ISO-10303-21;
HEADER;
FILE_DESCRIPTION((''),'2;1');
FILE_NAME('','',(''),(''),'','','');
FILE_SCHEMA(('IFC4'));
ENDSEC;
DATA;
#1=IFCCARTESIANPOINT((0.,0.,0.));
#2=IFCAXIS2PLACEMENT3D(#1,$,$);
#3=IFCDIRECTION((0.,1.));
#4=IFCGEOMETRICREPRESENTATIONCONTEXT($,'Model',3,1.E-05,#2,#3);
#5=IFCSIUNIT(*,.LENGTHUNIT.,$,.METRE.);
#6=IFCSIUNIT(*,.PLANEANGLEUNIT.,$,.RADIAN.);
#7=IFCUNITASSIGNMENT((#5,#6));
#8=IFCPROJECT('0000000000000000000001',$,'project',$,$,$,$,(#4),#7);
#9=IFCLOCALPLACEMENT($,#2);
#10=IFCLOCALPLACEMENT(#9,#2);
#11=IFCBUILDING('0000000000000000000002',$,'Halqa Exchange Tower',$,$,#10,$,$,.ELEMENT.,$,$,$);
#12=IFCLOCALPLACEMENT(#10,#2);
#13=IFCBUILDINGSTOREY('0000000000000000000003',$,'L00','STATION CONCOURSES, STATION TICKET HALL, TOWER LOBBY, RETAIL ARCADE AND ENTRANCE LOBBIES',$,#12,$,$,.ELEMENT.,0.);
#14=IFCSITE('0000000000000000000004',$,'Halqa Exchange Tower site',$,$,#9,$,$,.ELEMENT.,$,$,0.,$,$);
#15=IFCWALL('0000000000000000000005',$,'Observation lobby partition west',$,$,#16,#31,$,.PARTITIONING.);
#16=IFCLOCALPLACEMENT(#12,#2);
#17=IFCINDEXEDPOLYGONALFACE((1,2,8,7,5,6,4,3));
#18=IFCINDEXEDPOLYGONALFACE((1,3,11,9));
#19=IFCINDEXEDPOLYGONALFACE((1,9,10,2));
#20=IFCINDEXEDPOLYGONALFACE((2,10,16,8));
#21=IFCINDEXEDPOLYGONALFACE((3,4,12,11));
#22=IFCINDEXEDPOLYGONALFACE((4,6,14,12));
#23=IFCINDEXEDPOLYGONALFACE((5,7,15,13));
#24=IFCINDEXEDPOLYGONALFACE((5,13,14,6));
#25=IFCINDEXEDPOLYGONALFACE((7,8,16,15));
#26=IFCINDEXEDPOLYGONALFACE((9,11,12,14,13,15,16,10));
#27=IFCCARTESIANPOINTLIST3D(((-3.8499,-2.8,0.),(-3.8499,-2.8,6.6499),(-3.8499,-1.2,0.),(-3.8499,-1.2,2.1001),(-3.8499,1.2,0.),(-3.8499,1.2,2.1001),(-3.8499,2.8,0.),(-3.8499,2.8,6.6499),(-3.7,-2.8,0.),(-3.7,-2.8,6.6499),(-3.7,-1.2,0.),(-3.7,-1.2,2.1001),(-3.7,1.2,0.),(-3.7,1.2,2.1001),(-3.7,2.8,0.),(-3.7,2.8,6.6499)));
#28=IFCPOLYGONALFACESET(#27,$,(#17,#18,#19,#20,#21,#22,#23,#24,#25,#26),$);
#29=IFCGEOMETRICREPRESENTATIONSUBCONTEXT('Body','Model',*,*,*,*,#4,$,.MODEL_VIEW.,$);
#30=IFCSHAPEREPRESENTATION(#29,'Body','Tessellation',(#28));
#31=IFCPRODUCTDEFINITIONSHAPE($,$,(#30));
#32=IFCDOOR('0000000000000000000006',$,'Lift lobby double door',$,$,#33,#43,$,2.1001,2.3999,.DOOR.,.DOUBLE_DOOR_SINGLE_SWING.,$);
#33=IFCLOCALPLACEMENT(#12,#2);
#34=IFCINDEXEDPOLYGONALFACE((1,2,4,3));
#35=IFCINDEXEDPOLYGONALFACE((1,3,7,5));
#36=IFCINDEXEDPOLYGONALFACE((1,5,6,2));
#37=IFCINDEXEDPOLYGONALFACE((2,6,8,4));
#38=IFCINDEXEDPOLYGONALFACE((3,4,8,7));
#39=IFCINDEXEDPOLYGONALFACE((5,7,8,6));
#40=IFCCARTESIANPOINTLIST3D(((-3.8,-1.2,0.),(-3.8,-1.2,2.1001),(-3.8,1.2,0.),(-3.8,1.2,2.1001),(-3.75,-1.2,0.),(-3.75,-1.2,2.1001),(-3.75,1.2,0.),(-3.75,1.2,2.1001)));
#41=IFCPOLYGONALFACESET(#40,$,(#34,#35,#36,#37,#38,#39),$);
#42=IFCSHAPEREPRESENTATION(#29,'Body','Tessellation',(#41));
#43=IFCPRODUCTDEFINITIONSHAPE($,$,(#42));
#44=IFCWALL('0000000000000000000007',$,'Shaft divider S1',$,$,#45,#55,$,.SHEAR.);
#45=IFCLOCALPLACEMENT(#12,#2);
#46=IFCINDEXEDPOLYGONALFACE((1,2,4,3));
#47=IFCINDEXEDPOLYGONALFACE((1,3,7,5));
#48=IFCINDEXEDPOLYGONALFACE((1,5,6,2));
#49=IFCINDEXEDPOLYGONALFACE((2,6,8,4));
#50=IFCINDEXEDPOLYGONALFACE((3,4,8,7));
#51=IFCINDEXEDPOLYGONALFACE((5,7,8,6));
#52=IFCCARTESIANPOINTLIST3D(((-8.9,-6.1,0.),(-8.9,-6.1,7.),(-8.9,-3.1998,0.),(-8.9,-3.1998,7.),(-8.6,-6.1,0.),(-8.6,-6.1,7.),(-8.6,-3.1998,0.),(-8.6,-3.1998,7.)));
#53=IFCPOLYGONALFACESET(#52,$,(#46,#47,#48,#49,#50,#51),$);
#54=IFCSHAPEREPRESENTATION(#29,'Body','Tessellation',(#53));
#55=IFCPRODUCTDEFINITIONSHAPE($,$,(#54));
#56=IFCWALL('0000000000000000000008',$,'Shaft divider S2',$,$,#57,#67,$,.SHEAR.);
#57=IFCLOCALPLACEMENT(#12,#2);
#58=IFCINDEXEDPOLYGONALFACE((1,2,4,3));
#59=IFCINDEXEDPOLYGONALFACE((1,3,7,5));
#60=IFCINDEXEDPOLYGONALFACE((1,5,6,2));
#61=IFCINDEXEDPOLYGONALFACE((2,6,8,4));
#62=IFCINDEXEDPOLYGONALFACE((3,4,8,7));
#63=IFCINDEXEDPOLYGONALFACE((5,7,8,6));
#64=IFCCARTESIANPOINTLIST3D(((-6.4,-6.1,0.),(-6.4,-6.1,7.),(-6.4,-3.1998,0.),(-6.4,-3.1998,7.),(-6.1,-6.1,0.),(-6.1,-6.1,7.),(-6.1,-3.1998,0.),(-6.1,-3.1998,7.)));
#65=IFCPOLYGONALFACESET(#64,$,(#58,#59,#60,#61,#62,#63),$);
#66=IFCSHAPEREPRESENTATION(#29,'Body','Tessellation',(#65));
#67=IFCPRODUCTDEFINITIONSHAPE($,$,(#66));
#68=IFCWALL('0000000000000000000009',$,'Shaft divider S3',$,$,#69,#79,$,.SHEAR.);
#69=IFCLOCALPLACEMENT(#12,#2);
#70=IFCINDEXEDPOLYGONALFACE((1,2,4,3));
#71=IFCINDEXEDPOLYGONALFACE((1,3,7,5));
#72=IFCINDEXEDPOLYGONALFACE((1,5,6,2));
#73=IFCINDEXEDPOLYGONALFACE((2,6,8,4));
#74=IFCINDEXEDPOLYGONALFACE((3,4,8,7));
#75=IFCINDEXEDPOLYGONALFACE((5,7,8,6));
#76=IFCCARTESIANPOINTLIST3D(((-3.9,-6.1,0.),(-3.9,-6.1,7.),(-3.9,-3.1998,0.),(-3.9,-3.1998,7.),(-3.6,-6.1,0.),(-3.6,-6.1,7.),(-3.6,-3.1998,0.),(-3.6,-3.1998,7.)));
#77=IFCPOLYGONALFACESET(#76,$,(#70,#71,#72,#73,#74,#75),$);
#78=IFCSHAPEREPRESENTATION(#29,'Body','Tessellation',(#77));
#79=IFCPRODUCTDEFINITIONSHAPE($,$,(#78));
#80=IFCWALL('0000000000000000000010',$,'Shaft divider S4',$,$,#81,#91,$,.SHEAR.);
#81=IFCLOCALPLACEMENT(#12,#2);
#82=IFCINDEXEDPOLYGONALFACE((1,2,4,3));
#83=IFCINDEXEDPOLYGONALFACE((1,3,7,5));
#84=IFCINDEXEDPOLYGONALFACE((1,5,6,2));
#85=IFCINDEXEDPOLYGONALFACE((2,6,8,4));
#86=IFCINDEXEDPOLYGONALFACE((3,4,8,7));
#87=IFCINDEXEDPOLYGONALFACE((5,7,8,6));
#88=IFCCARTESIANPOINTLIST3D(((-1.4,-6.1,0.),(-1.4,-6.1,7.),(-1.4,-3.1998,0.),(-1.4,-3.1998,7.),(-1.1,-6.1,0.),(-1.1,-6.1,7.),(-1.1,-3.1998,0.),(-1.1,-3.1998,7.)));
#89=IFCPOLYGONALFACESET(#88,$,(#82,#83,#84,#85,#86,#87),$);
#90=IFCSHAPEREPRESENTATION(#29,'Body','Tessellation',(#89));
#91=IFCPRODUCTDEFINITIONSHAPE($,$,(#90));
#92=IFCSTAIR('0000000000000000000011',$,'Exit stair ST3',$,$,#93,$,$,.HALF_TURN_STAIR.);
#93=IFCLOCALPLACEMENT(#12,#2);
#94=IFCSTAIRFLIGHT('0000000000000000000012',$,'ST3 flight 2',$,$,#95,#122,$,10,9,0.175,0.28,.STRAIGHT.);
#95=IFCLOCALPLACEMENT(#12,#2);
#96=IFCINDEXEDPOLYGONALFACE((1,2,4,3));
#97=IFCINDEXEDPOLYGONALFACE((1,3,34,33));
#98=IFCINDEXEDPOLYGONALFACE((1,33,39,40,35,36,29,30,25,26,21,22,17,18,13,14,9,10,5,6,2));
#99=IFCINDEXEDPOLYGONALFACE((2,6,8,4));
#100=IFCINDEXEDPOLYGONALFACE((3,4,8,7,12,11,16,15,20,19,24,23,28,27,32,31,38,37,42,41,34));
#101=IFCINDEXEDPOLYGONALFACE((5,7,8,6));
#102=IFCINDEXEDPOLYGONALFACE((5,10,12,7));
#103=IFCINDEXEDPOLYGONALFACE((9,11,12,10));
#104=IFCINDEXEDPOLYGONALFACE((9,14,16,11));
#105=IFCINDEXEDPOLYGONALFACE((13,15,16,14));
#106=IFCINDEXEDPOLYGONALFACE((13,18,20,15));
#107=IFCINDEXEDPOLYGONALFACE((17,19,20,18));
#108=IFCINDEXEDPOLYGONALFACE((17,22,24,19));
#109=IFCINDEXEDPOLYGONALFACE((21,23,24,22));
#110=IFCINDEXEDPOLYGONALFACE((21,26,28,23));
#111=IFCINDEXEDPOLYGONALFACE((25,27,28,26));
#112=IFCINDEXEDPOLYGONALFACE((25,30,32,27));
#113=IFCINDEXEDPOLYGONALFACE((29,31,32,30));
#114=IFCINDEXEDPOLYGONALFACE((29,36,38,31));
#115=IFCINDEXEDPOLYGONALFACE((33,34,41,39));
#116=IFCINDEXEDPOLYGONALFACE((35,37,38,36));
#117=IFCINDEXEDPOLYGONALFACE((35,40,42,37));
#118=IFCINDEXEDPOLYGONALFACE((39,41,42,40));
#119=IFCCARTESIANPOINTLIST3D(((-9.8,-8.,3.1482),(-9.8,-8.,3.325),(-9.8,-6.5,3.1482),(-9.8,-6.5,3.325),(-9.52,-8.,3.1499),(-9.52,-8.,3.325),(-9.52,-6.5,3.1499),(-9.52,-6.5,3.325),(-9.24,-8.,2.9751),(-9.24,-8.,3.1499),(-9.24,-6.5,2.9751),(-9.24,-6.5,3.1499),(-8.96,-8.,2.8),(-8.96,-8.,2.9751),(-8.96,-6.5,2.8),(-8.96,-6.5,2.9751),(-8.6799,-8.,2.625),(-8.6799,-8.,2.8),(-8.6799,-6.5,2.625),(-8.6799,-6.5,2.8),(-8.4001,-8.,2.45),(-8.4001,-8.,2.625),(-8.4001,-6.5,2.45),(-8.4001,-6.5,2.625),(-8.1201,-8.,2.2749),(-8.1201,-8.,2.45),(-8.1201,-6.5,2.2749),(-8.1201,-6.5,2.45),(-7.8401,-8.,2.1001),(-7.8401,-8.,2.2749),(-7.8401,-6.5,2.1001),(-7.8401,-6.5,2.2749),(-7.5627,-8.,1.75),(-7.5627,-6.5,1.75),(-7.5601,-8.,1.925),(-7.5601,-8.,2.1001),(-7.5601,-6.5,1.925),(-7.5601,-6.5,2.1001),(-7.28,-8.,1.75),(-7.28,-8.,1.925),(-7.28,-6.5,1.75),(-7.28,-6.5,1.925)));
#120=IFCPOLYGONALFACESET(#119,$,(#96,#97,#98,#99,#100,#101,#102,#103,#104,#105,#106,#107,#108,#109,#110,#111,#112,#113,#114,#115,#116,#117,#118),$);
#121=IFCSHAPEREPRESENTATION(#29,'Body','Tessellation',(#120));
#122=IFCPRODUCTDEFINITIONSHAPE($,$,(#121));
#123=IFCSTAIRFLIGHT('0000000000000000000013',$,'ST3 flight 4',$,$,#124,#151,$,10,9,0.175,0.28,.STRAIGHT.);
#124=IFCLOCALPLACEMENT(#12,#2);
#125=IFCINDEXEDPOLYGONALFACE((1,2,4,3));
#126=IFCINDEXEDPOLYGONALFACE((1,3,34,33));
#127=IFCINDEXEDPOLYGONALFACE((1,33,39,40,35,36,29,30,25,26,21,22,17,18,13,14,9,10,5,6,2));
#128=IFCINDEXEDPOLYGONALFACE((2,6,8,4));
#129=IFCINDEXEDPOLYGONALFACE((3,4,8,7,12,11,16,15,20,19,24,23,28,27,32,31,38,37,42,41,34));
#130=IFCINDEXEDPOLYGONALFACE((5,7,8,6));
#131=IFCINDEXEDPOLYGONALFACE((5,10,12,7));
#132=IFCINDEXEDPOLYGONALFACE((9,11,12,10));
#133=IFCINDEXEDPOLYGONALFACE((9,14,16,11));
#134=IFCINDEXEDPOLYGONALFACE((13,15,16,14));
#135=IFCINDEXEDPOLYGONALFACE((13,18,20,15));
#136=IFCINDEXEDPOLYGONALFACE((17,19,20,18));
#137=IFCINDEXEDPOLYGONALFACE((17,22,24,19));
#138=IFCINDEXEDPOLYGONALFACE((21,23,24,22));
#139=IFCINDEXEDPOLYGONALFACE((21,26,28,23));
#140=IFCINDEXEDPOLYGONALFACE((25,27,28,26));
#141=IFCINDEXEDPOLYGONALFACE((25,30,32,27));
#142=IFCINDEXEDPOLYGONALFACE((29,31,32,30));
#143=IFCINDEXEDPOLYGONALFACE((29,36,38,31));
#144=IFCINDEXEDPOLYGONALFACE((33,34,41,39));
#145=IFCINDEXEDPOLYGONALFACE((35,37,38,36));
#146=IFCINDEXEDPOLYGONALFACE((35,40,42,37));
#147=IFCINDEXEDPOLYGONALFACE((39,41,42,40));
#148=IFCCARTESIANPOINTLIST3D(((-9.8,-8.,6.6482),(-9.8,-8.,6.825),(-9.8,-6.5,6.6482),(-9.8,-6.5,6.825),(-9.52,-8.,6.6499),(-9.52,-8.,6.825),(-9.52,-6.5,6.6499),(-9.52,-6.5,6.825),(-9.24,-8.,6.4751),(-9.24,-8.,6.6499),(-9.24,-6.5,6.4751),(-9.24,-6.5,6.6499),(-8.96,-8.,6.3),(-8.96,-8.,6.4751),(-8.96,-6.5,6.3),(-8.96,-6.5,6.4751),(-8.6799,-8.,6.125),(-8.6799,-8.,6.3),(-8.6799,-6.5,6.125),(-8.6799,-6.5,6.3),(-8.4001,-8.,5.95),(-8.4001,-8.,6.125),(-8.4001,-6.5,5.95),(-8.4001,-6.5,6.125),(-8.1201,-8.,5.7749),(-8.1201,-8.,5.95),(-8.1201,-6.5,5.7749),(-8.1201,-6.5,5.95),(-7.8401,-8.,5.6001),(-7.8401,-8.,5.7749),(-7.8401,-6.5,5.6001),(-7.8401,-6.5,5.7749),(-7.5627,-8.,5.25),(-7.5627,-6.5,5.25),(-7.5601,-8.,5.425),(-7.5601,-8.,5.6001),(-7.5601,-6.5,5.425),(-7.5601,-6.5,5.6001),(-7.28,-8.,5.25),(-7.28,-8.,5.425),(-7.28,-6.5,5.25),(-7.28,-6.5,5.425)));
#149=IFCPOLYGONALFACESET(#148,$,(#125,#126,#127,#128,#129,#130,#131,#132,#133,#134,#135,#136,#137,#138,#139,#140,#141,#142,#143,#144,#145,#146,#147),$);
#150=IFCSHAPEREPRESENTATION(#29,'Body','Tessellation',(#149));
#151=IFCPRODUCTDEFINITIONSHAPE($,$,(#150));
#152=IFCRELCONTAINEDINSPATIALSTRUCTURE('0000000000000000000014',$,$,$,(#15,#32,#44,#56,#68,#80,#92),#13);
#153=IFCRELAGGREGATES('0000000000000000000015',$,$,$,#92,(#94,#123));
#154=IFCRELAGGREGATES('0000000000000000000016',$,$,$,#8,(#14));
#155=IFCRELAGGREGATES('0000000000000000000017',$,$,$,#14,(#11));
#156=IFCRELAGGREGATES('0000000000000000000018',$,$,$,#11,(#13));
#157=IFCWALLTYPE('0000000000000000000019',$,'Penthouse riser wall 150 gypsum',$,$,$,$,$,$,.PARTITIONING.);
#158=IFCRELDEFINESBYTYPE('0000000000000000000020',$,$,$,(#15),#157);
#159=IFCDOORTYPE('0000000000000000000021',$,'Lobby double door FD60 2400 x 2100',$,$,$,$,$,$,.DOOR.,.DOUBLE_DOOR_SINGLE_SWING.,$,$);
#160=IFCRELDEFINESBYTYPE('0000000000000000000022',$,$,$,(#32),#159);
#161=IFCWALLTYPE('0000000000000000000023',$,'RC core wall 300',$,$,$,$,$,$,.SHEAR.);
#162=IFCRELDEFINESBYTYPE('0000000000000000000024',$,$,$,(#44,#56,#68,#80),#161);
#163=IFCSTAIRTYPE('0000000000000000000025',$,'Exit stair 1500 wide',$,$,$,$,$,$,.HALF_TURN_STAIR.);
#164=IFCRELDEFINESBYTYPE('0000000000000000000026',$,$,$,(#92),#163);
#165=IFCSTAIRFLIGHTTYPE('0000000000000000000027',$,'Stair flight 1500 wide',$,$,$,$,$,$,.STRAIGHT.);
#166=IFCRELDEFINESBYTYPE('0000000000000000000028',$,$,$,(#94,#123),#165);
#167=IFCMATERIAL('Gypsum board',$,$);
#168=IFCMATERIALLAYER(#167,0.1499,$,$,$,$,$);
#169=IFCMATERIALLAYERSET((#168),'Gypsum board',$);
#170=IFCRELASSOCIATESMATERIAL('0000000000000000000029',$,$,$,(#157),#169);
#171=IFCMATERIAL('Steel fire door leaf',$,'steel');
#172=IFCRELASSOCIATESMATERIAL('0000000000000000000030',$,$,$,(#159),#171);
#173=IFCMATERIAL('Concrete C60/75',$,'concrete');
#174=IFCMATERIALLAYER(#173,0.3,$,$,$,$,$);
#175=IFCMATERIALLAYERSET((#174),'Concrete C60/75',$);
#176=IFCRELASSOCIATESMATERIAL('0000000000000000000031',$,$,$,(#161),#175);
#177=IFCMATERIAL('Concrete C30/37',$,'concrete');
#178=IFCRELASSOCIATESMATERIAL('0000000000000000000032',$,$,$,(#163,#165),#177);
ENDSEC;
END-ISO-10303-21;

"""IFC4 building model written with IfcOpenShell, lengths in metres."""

from ifc_helpers import new_model, si_unit, direction, frame, frame_2d, origin, place, context, subcontext, project, spatial, polyline, rectangle, outline, extrude, material, layer, layer_set, type_object, element, fill, aggregate, save


model = new_model("IFC4")

# Units and contexts
model_context = context("Model", 3, precision=1e-05, world=origin(), true_north=direction((0.0, 1.0)))
body_context = subcontext(model_context, "Body", "Model", "MODEL_VIEW")
ifc_project = project(units=[si_unit("LENGTHUNIT", "METRE"), si_unit("PLANEANGLEUNIT", "RADIAN")], contexts=[model_context])

# Site, building, storey
site_placement = place(None, origin())
site = spatial("IfcSite", under=ifc_project, at=site_placement, Name="Halqa Exchange Tower site", CompositionType="ELEMENT", RefElevation=0.0)
building_placement = place(site_placement, origin())
building = spatial("IfcBuilding", under=site, at=building_placement, Name="Halqa Exchange Tower", CompositionType="ELEMENT")
storey_placement = place(building_placement, origin())
storey = spatial("IfcBuildingStorey", under=building, at=storey_placement, Name="L00", Description="STATION CONCOURSES, STATION TICKET HALL, TOWER LOBBY, RETAIL ARCADE AND ENTRANCE LOBBIES", CompositionType="ELEMENT", Elevation=0.0)

# Wall, opening, door
ifc_material_1 = material(Name="Gypsum board")
ifc_layer_1 = layer(ifc_material_1, 0.1499)
ifc_layer_set_1 = layer_set([ifc_layer_1], Name="Gypsum board")
wall_type_1 = type_object("IfcWallType", Name="Penthouse riser wall 150 gypsum", PredefinedType="PARTITIONING", material=ifc_layer_set_1)
wall_placement = place(storey_placement, frame((-3.7749, -2.8, 0.0), z_axis=(0.0, 0.0, 1.0), x_axis=(0.0, 1.0, 0.0)))
wall = element("IfcWall", 1, at=wall_placement, inside=storey, type_object=wall_type_1, Name="Observation lobby partition west", PredefinedType="PARTITIONING", context=body_context, shape_type="SweptSolid", body=[
    extrude(rectangle(XDim=5.6001, YDim=0.1499, at=frame_2d((2.8, 0.0))), origin(), (0.0, 0.0, 1.0), 6.6499),
])
opening_placement = place(wall_placement, frame((1.6001, 0.0, 0.0)))
opening = element("IfcOpeningElement", 2, at=opening_placement, cuts=wall, PredefinedType="OPENING", context=body_context, shape_type="SweptSolid", body=[
    extrude(rectangle(XDim=2.3999, YDim=2.1001, at=frame_2d((1.2, 1.05))), frame((0.0, 0.0869, 0.0), z_axis=(0.0, -1.0, 0.0), x_axis=(1.0, 0.0, 0.0)), (0.0, 0.0, 1.0), 0.1738),
])
ifc_material_2 = material(Name="Steel fire door leaf", Category="steel")
door_type = type_object("IfcDoorType", Name="Lobby double door FD60 2400 x 2100", OperationType="DOUBLE_DOOR_SINGLE_SWING", PredefinedType="DOOR", material=ifc_material_2)
door_placement = place(opening_placement, frame((2.3999, 0.0, 0.0), z_axis=(0.0, 0.0, 1.0), x_axis=(-1.0, 0.0, 0.0)))
door = element("IfcDoor", 3, at=door_placement, inside=storey, type_object=door_type, Name="Lift lobby double door", OperationType="DOUBLE_DOOR_SINGLE_SWING", OverallHeight=2.1001, OverallWidth=2.3999, PredefinedType="DOOR", context=body_context, shape_type="SweptSolid", body=[
    extrude(rectangle(XDim=2.3999, YDim=2.1001, at=frame_2d((1.2, 1.05))), frame((0.0, 0.0249, 0.0), z_axis=(0.0, -1.0, 0.0), x_axis=(1.0, 0.0, 0.0)), (0.0, 0.0, 1.0), 0.05),
])
fill(opening, door)

# Walls
ifc_material_3 = material(Name="Concrete C60/75", Category="concrete")
ifc_layer_2 = layer(ifc_material_3, 0.3)
ifc_layer_set_2 = layer_set([ifc_layer_2], Name="Concrete C60/75")
wall_type_2 = type_object("IfcWallType", Name="RC core wall 300", PredefinedType="SHEAR", material=ifc_layer_set_2)
for number, where, z_axis, x_axis, name in (
    (4, (-8.75, -6.1001, 0.0), (0.0, 0.0, 1.0), (0.0, 1.0, 0.0), "Shaft divider S1"),
    (5, (-6.25, -6.1001, 0.0), (0.0, 0.0, 1.0), (0.0, 1.0, 0.0), "Shaft divider S2"),
    (6, (-3.75, -6.1001, 0.0), (0.0, 0.0, 1.0), (0.0, 1.0, 0.0), "Shaft divider S3"),
    (7, (-1.25, -6.1001, 0.0), (0.0, 0.0, 1.0), (0.0, 1.0, 0.0), "Shaft divider S4"),
):
    element("IfcWall", number, at=place(storey_placement, frame(where, z_axis=z_axis, x_axis=x_axis)), inside=storey, type_object=wall_type_2, Name=name, PredefinedType="SHEAR", context=body_context, shape_type="SweptSolid", body=[
        extrude(rectangle(XDim=2.9001, YDim=0.3, at=frame_2d((1.4502, 0.0))), origin(), (0.0, 0.0, 1.0), 7.0),
    ])

# Stair, stair flights
ifc_material_4 = material(Name="Concrete C30/37", Category="concrete")
stair_type = type_object("IfcStairType", Name="Exit stair 1500 wide", PredefinedType="HALF_TURN_STAIR", material=ifc_material_4)
stair_placement = place(storey_placement, origin())
stair = element("IfcStair", 8, at=stair_placement, inside=storey, type_object=stair_type, Name="Exit stair ST3", PredefinedType="HALF_TURN_STAIR")
stair_flight_type = type_object("IfcStairFlightType", Name="Stair flight 1500 wide", PredefinedType="STRAIGHT", material=ifc_material_4)
stair_flight_1_placement = place(storey_placement, frame((-7.28, -7.25, 1.75), z_axis=(0.0, 0.0, 1.0), x_axis=(-1.0, 0.0, 0.0)))
stair_flight_1 = element("IfcStairFlight", 9, at=stair_flight_1_placement, type_object=stair_flight_type, Name="ST3 flight 2", NumberOfRisers=10, NumberOfTreads=9, PredefinedType="STRAIGHT", RiserHeight=0.175, TreadLength=0.28, context=body_context, shape_type="SweptSolid", body=[
    extrude(outline(polyline([(0.0, 0.0), (0.0, 0.175), (0.28, 0.175), (0.28, 0.3501), (0.5601, 0.3501), (0.5601, 0.5249), (0.8401, 0.5249), (0.8401, 0.7), (1.1201, 0.7), (1.1201, 0.875), (1.3999, 0.875), (1.3999, 1.05), (1.6799, 1.05), (1.6799, 1.2251), (1.96, 1.2251), (1.96, 1.3999), (2.24, 1.3999), (2.24, 1.575), (2.52, 1.575), (2.52, 1.75), (2.52, 1.3982), (0.2827, 0.0), (0.0, 0.0)])), frame((0.0, 0.75, 0.0), z_axis=(0.0, -1.0, 0.0), x_axis=(1.0, 0.0, 0.0)), (0.0, 0.0, 1.0), 1.5),
])
stair_flight_2_placement = place(storey_placement, frame((-7.28, -7.25, 5.25), z_axis=(0.0, 0.0, 1.0), x_axis=(-1.0, 0.0, 0.0)))
stair_flight_2 = element("IfcStairFlight", 10, at=stair_flight_2_placement, type_object=stair_flight_type, Name="ST3 flight 4", NumberOfRisers=10, NumberOfTreads=9, PredefinedType="STRAIGHT", RiserHeight=0.175, TreadLength=0.28, context=body_context, shape_type="SweptSolid", body=[
    extrude(outline(polyline([(0.0, 0.0), (0.0, 0.175), (0.28, 0.175), (0.28, 0.3501), (0.5601, 0.3501), (0.5601, 0.5249), (0.8401, 0.5249), (0.8401, 0.7), (1.1201, 0.7), (1.1201, 0.875), (1.3999, 0.875), (1.3999, 1.05), (1.6799, 1.05), (1.6799, 1.2251), (1.96, 1.2251), (1.96, 1.3999), (2.24, 1.3999), (2.24, 1.575), (2.52, 1.575), (2.52, 1.75), (2.52, 1.3982), (0.2827, 0.0), (0.0, 0.0)])), frame((0.0, 0.75, 0.0), z_axis=(0.0, -1.0, 0.0), x_axis=(1.0, 0.0, 0.0)), (0.0, 0.0, 1.0), 1.5),
])
aggregate(stair, [stair_flight_1, stair_flight_2])

save(model, "model.ifc")
